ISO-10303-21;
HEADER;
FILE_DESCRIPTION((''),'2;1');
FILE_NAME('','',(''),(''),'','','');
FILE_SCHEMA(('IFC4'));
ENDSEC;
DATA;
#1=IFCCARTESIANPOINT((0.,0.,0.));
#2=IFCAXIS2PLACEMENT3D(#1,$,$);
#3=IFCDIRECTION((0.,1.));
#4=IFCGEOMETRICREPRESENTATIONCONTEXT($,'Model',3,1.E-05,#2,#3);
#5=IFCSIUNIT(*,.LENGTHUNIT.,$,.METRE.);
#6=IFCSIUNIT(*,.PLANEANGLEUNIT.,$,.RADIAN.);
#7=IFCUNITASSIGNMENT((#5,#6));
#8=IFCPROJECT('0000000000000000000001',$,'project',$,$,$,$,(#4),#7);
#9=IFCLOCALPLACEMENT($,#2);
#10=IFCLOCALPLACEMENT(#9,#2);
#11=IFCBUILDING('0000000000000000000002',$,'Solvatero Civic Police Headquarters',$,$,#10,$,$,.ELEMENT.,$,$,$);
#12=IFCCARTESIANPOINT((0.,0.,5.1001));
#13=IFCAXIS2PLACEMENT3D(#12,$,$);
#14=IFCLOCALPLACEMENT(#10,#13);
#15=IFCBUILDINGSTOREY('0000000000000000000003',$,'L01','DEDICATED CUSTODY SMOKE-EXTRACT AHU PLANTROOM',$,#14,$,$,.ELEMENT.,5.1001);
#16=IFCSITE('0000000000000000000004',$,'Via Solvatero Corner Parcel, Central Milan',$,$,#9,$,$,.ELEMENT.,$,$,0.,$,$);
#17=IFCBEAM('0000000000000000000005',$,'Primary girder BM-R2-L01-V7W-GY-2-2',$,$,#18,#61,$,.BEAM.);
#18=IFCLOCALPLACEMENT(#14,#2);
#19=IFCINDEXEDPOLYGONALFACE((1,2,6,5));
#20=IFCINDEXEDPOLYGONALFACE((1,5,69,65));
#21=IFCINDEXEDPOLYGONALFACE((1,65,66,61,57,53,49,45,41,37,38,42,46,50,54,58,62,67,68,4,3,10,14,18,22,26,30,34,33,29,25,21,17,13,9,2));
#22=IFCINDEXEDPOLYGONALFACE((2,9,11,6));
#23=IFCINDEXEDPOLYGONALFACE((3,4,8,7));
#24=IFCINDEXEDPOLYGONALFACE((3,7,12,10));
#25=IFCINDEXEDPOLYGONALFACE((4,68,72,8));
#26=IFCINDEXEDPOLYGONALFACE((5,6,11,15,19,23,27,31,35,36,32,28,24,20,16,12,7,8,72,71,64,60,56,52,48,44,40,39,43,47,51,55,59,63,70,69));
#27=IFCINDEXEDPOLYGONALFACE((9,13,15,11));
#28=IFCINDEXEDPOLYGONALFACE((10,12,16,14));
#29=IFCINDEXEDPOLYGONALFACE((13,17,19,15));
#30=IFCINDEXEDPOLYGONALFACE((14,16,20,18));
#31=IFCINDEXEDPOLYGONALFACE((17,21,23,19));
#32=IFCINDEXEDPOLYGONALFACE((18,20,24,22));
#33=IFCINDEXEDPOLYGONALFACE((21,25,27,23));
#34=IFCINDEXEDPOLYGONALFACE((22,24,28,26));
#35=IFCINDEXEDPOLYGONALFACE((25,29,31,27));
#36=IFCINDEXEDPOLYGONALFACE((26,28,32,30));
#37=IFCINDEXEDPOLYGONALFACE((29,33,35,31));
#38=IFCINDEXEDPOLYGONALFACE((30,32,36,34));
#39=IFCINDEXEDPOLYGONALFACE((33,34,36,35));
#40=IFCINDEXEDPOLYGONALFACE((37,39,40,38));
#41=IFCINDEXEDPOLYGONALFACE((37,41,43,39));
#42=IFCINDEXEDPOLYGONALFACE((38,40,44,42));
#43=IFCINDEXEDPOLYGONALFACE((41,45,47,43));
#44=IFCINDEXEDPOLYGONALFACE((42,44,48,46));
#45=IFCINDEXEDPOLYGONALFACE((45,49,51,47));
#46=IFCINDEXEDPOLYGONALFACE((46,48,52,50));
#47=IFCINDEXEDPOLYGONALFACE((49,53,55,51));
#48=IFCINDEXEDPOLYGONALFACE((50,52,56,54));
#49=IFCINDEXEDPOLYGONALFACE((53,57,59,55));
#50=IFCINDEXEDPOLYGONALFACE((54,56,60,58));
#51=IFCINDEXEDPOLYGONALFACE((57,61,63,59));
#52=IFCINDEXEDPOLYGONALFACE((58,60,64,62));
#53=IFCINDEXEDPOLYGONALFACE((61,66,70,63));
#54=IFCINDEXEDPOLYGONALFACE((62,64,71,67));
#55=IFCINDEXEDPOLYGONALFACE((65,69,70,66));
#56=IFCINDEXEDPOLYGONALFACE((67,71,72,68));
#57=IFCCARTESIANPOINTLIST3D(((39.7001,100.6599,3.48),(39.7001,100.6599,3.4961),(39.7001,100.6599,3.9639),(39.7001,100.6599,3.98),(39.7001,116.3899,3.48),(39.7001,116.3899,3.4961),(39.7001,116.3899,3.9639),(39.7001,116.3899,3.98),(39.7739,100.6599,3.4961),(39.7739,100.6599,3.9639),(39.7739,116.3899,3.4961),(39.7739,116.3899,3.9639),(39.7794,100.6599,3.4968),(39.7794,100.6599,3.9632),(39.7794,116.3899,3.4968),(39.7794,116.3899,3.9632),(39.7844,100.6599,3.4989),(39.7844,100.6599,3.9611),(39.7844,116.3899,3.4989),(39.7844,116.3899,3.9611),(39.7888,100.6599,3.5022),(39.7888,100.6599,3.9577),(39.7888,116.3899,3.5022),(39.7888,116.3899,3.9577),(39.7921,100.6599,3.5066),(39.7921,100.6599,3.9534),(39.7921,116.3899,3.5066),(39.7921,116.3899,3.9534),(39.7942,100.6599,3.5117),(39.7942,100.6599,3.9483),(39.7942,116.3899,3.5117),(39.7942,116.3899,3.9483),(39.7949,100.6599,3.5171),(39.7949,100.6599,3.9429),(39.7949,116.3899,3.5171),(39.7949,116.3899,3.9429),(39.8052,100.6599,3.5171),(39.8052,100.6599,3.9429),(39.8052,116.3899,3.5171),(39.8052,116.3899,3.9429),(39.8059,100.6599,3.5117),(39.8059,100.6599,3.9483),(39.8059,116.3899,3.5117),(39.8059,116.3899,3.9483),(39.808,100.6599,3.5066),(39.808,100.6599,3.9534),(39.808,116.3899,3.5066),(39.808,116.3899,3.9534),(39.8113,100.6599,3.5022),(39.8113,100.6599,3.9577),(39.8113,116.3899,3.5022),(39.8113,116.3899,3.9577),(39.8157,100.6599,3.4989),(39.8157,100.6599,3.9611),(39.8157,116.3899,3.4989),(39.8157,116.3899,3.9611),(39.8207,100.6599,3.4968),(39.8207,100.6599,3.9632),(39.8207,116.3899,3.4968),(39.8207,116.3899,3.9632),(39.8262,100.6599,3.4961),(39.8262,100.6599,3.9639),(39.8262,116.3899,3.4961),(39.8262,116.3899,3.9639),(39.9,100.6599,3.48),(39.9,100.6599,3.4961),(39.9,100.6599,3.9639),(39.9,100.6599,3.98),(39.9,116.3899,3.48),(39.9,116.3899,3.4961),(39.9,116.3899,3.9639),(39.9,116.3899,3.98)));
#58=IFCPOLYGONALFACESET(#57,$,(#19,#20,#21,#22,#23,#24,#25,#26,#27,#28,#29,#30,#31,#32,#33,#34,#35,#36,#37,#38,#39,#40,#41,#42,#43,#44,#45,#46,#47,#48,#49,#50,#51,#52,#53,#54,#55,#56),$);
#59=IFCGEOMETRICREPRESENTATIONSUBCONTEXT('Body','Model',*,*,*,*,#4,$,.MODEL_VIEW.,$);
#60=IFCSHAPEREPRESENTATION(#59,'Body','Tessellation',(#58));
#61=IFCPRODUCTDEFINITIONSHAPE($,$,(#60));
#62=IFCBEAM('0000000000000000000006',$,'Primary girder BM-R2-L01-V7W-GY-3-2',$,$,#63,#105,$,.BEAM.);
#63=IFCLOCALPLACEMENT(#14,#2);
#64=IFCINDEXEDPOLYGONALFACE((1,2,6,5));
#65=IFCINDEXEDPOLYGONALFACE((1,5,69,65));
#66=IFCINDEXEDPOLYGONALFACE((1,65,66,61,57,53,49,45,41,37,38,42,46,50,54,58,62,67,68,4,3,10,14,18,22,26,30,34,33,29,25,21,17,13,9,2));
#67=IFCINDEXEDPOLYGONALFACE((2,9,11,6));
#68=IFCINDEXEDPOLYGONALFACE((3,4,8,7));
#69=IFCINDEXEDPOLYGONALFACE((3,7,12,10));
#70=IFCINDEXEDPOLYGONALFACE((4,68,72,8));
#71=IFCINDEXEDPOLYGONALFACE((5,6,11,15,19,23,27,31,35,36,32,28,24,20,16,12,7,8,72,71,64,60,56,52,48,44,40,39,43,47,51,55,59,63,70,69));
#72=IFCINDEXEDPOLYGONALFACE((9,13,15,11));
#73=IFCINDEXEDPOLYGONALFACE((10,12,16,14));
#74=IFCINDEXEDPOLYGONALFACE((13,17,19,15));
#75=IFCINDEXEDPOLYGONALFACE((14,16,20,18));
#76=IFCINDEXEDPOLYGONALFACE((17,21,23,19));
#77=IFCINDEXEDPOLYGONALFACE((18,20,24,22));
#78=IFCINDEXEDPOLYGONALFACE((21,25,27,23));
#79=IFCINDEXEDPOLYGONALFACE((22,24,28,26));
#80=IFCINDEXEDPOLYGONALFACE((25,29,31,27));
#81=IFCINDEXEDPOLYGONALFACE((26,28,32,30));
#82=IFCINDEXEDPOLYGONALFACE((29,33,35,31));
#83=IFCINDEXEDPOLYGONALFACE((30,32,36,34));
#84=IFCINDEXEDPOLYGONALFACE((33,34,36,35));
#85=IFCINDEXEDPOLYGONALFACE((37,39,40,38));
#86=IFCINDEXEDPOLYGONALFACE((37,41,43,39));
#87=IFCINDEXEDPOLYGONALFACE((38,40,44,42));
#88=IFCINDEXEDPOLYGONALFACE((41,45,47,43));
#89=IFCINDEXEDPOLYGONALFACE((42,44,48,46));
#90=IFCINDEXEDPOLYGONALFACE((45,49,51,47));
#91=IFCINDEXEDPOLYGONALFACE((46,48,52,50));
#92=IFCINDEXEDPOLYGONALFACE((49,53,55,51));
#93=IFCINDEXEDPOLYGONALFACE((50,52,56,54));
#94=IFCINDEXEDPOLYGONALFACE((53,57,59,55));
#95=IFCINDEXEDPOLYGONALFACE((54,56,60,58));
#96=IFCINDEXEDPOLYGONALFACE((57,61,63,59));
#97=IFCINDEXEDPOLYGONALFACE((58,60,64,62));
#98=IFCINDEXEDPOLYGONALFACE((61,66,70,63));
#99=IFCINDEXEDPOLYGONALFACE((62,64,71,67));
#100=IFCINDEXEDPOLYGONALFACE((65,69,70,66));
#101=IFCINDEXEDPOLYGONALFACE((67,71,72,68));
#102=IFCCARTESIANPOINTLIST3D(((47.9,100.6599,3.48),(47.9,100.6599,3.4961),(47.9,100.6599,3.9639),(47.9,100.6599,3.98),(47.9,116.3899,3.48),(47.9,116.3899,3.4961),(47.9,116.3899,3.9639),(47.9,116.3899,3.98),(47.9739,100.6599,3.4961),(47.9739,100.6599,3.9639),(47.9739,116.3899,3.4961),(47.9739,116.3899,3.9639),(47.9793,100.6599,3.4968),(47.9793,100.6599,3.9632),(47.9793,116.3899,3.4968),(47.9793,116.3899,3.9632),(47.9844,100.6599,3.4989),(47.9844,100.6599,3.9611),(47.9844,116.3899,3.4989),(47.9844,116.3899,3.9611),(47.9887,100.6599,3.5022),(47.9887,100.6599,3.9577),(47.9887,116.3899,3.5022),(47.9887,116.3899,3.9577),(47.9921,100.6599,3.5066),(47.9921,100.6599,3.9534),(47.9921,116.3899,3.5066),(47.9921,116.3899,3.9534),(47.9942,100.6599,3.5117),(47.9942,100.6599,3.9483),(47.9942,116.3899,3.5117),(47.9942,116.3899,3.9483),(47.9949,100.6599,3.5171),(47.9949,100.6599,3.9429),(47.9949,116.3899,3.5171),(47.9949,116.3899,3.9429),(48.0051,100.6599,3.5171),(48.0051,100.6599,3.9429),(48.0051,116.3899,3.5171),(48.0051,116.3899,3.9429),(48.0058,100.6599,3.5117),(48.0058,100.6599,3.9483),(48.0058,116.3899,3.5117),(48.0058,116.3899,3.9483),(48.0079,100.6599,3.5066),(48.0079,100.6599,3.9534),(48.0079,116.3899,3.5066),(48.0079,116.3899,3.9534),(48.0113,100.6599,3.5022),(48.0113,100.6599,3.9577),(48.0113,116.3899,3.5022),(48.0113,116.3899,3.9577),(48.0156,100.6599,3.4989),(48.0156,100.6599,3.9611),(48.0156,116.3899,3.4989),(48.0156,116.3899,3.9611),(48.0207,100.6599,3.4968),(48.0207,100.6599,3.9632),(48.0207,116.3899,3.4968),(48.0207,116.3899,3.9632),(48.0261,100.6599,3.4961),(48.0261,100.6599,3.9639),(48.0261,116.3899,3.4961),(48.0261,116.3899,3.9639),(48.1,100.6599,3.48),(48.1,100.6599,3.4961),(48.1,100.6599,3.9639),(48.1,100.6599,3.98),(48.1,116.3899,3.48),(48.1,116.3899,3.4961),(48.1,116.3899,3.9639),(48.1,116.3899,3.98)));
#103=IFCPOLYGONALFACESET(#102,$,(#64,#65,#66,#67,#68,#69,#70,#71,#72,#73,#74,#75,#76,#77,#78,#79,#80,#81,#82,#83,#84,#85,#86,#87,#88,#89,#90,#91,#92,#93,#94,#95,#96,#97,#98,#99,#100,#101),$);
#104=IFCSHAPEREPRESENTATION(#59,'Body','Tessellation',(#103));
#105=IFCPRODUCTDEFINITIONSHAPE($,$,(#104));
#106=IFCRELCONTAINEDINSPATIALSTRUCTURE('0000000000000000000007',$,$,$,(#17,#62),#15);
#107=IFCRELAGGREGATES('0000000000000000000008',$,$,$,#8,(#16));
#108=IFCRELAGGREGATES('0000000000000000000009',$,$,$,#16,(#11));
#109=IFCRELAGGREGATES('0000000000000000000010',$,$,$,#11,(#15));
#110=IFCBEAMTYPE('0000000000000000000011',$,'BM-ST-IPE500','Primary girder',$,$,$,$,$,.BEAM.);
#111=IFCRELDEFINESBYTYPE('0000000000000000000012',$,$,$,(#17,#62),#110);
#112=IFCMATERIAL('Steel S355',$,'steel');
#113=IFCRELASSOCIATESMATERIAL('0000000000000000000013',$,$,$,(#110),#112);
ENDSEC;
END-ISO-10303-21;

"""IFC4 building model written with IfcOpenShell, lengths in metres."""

from ifc_helpers import new_model, si_unit, direction, frame, origin, origin_2d, place, context, subcontext, project, spatial, i_section, extrude, material, material_profile, profile_set, type_object, element, save


model = new_model("IFC4")

# Units and contexts
model_context = context("Model", 3, precision=1e-05, world=origin(), true_north=direction((0.0, 1.0)))
body_context = subcontext(model_context, "Body", "Model", "MODEL_VIEW")
ifc_project = project(units=[si_unit("LENGTHUNIT", "METRE"), si_unit("PLANEANGLEUNIT", "RADIAN")], contexts=[model_context])

# Site, building, storey
site_placement = place(None, origin())
site = spatial("IfcSite", under=ifc_project, at=site_placement, Name="Via Solvatero Corner Parcel, Central Milan", CompositionType="ELEMENT", RefElevation=0.0)
building_placement = place(site_placement, origin())
building = spatial("IfcBuilding", under=site, at=building_placement, Name="Solvatero Civic Police Headquarters", CompositionType="ELEMENT")
storey_placement = place(building_placement, frame((0.0, 0.0, 5.1001)))
storey = spatial("IfcBuildingStorey", under=building, at=storey_placement, Name="L01", Description="DEDICATED CUSTODY SMOKE-EXTRACT AHU PLANTROOM", CompositionType="ELEMENT", Elevation=5.1001)

# Shared definitions
ifc_material = material(Name="Steel S355", Category="steel")

# Beams
ifc_material_profile_1 = material_profile(ifc_material, i_section(OverallWidth=0.2, OverallDepth=0.5, WebThickness=0.0103, FlangeThickness=0.0161, FilletRadius=0.021, at=origin_2d()), Name="IPE 500")
ifc_profile_set_1 = profile_set([ifc_material_profile_1], Name="Steel S355")
beam_type_1 = type_object("IfcBeamType", Name="BM-ST-IPE500", Description="Primary girder", PredefinedType="BEAM", material=ifc_profile_set_1)
for number, where, z_axis, x_axis, name in (
    (1, (39.8, 100.6599, 3.73), (0.0, 1.0, 0.0), (-1.0, 0.0, 0.0), "Primary girder BM-R2-L01-V7W-GY-2-2"),
    (2, (48.0, 100.6599, 3.73), (0.0, 1.0, 0.0), (-1.0, 0.0, 0.0), "Primary girder BM-R2-L01-V7W-GY-3-2"),
):
    element("IfcBeam", number, at=place(storey_placement, frame(where, z_axis=z_axis, x_axis=x_axis)), inside=storey, type_object=beam_type_1, Name=name, PredefinedType="BEAM", context=body_context, shape_type="SweptSolid", body=[
        extrude(i_section(OverallWidth=0.2, OverallDepth=0.5, WebThickness=0.0103, FlangeThickness=0.0161, FilletRadius=0.021, at=origin_2d()), origin(), (0.0, 0.0, 1.0), 15.73),
    ])

save(model, "model.ifc")
